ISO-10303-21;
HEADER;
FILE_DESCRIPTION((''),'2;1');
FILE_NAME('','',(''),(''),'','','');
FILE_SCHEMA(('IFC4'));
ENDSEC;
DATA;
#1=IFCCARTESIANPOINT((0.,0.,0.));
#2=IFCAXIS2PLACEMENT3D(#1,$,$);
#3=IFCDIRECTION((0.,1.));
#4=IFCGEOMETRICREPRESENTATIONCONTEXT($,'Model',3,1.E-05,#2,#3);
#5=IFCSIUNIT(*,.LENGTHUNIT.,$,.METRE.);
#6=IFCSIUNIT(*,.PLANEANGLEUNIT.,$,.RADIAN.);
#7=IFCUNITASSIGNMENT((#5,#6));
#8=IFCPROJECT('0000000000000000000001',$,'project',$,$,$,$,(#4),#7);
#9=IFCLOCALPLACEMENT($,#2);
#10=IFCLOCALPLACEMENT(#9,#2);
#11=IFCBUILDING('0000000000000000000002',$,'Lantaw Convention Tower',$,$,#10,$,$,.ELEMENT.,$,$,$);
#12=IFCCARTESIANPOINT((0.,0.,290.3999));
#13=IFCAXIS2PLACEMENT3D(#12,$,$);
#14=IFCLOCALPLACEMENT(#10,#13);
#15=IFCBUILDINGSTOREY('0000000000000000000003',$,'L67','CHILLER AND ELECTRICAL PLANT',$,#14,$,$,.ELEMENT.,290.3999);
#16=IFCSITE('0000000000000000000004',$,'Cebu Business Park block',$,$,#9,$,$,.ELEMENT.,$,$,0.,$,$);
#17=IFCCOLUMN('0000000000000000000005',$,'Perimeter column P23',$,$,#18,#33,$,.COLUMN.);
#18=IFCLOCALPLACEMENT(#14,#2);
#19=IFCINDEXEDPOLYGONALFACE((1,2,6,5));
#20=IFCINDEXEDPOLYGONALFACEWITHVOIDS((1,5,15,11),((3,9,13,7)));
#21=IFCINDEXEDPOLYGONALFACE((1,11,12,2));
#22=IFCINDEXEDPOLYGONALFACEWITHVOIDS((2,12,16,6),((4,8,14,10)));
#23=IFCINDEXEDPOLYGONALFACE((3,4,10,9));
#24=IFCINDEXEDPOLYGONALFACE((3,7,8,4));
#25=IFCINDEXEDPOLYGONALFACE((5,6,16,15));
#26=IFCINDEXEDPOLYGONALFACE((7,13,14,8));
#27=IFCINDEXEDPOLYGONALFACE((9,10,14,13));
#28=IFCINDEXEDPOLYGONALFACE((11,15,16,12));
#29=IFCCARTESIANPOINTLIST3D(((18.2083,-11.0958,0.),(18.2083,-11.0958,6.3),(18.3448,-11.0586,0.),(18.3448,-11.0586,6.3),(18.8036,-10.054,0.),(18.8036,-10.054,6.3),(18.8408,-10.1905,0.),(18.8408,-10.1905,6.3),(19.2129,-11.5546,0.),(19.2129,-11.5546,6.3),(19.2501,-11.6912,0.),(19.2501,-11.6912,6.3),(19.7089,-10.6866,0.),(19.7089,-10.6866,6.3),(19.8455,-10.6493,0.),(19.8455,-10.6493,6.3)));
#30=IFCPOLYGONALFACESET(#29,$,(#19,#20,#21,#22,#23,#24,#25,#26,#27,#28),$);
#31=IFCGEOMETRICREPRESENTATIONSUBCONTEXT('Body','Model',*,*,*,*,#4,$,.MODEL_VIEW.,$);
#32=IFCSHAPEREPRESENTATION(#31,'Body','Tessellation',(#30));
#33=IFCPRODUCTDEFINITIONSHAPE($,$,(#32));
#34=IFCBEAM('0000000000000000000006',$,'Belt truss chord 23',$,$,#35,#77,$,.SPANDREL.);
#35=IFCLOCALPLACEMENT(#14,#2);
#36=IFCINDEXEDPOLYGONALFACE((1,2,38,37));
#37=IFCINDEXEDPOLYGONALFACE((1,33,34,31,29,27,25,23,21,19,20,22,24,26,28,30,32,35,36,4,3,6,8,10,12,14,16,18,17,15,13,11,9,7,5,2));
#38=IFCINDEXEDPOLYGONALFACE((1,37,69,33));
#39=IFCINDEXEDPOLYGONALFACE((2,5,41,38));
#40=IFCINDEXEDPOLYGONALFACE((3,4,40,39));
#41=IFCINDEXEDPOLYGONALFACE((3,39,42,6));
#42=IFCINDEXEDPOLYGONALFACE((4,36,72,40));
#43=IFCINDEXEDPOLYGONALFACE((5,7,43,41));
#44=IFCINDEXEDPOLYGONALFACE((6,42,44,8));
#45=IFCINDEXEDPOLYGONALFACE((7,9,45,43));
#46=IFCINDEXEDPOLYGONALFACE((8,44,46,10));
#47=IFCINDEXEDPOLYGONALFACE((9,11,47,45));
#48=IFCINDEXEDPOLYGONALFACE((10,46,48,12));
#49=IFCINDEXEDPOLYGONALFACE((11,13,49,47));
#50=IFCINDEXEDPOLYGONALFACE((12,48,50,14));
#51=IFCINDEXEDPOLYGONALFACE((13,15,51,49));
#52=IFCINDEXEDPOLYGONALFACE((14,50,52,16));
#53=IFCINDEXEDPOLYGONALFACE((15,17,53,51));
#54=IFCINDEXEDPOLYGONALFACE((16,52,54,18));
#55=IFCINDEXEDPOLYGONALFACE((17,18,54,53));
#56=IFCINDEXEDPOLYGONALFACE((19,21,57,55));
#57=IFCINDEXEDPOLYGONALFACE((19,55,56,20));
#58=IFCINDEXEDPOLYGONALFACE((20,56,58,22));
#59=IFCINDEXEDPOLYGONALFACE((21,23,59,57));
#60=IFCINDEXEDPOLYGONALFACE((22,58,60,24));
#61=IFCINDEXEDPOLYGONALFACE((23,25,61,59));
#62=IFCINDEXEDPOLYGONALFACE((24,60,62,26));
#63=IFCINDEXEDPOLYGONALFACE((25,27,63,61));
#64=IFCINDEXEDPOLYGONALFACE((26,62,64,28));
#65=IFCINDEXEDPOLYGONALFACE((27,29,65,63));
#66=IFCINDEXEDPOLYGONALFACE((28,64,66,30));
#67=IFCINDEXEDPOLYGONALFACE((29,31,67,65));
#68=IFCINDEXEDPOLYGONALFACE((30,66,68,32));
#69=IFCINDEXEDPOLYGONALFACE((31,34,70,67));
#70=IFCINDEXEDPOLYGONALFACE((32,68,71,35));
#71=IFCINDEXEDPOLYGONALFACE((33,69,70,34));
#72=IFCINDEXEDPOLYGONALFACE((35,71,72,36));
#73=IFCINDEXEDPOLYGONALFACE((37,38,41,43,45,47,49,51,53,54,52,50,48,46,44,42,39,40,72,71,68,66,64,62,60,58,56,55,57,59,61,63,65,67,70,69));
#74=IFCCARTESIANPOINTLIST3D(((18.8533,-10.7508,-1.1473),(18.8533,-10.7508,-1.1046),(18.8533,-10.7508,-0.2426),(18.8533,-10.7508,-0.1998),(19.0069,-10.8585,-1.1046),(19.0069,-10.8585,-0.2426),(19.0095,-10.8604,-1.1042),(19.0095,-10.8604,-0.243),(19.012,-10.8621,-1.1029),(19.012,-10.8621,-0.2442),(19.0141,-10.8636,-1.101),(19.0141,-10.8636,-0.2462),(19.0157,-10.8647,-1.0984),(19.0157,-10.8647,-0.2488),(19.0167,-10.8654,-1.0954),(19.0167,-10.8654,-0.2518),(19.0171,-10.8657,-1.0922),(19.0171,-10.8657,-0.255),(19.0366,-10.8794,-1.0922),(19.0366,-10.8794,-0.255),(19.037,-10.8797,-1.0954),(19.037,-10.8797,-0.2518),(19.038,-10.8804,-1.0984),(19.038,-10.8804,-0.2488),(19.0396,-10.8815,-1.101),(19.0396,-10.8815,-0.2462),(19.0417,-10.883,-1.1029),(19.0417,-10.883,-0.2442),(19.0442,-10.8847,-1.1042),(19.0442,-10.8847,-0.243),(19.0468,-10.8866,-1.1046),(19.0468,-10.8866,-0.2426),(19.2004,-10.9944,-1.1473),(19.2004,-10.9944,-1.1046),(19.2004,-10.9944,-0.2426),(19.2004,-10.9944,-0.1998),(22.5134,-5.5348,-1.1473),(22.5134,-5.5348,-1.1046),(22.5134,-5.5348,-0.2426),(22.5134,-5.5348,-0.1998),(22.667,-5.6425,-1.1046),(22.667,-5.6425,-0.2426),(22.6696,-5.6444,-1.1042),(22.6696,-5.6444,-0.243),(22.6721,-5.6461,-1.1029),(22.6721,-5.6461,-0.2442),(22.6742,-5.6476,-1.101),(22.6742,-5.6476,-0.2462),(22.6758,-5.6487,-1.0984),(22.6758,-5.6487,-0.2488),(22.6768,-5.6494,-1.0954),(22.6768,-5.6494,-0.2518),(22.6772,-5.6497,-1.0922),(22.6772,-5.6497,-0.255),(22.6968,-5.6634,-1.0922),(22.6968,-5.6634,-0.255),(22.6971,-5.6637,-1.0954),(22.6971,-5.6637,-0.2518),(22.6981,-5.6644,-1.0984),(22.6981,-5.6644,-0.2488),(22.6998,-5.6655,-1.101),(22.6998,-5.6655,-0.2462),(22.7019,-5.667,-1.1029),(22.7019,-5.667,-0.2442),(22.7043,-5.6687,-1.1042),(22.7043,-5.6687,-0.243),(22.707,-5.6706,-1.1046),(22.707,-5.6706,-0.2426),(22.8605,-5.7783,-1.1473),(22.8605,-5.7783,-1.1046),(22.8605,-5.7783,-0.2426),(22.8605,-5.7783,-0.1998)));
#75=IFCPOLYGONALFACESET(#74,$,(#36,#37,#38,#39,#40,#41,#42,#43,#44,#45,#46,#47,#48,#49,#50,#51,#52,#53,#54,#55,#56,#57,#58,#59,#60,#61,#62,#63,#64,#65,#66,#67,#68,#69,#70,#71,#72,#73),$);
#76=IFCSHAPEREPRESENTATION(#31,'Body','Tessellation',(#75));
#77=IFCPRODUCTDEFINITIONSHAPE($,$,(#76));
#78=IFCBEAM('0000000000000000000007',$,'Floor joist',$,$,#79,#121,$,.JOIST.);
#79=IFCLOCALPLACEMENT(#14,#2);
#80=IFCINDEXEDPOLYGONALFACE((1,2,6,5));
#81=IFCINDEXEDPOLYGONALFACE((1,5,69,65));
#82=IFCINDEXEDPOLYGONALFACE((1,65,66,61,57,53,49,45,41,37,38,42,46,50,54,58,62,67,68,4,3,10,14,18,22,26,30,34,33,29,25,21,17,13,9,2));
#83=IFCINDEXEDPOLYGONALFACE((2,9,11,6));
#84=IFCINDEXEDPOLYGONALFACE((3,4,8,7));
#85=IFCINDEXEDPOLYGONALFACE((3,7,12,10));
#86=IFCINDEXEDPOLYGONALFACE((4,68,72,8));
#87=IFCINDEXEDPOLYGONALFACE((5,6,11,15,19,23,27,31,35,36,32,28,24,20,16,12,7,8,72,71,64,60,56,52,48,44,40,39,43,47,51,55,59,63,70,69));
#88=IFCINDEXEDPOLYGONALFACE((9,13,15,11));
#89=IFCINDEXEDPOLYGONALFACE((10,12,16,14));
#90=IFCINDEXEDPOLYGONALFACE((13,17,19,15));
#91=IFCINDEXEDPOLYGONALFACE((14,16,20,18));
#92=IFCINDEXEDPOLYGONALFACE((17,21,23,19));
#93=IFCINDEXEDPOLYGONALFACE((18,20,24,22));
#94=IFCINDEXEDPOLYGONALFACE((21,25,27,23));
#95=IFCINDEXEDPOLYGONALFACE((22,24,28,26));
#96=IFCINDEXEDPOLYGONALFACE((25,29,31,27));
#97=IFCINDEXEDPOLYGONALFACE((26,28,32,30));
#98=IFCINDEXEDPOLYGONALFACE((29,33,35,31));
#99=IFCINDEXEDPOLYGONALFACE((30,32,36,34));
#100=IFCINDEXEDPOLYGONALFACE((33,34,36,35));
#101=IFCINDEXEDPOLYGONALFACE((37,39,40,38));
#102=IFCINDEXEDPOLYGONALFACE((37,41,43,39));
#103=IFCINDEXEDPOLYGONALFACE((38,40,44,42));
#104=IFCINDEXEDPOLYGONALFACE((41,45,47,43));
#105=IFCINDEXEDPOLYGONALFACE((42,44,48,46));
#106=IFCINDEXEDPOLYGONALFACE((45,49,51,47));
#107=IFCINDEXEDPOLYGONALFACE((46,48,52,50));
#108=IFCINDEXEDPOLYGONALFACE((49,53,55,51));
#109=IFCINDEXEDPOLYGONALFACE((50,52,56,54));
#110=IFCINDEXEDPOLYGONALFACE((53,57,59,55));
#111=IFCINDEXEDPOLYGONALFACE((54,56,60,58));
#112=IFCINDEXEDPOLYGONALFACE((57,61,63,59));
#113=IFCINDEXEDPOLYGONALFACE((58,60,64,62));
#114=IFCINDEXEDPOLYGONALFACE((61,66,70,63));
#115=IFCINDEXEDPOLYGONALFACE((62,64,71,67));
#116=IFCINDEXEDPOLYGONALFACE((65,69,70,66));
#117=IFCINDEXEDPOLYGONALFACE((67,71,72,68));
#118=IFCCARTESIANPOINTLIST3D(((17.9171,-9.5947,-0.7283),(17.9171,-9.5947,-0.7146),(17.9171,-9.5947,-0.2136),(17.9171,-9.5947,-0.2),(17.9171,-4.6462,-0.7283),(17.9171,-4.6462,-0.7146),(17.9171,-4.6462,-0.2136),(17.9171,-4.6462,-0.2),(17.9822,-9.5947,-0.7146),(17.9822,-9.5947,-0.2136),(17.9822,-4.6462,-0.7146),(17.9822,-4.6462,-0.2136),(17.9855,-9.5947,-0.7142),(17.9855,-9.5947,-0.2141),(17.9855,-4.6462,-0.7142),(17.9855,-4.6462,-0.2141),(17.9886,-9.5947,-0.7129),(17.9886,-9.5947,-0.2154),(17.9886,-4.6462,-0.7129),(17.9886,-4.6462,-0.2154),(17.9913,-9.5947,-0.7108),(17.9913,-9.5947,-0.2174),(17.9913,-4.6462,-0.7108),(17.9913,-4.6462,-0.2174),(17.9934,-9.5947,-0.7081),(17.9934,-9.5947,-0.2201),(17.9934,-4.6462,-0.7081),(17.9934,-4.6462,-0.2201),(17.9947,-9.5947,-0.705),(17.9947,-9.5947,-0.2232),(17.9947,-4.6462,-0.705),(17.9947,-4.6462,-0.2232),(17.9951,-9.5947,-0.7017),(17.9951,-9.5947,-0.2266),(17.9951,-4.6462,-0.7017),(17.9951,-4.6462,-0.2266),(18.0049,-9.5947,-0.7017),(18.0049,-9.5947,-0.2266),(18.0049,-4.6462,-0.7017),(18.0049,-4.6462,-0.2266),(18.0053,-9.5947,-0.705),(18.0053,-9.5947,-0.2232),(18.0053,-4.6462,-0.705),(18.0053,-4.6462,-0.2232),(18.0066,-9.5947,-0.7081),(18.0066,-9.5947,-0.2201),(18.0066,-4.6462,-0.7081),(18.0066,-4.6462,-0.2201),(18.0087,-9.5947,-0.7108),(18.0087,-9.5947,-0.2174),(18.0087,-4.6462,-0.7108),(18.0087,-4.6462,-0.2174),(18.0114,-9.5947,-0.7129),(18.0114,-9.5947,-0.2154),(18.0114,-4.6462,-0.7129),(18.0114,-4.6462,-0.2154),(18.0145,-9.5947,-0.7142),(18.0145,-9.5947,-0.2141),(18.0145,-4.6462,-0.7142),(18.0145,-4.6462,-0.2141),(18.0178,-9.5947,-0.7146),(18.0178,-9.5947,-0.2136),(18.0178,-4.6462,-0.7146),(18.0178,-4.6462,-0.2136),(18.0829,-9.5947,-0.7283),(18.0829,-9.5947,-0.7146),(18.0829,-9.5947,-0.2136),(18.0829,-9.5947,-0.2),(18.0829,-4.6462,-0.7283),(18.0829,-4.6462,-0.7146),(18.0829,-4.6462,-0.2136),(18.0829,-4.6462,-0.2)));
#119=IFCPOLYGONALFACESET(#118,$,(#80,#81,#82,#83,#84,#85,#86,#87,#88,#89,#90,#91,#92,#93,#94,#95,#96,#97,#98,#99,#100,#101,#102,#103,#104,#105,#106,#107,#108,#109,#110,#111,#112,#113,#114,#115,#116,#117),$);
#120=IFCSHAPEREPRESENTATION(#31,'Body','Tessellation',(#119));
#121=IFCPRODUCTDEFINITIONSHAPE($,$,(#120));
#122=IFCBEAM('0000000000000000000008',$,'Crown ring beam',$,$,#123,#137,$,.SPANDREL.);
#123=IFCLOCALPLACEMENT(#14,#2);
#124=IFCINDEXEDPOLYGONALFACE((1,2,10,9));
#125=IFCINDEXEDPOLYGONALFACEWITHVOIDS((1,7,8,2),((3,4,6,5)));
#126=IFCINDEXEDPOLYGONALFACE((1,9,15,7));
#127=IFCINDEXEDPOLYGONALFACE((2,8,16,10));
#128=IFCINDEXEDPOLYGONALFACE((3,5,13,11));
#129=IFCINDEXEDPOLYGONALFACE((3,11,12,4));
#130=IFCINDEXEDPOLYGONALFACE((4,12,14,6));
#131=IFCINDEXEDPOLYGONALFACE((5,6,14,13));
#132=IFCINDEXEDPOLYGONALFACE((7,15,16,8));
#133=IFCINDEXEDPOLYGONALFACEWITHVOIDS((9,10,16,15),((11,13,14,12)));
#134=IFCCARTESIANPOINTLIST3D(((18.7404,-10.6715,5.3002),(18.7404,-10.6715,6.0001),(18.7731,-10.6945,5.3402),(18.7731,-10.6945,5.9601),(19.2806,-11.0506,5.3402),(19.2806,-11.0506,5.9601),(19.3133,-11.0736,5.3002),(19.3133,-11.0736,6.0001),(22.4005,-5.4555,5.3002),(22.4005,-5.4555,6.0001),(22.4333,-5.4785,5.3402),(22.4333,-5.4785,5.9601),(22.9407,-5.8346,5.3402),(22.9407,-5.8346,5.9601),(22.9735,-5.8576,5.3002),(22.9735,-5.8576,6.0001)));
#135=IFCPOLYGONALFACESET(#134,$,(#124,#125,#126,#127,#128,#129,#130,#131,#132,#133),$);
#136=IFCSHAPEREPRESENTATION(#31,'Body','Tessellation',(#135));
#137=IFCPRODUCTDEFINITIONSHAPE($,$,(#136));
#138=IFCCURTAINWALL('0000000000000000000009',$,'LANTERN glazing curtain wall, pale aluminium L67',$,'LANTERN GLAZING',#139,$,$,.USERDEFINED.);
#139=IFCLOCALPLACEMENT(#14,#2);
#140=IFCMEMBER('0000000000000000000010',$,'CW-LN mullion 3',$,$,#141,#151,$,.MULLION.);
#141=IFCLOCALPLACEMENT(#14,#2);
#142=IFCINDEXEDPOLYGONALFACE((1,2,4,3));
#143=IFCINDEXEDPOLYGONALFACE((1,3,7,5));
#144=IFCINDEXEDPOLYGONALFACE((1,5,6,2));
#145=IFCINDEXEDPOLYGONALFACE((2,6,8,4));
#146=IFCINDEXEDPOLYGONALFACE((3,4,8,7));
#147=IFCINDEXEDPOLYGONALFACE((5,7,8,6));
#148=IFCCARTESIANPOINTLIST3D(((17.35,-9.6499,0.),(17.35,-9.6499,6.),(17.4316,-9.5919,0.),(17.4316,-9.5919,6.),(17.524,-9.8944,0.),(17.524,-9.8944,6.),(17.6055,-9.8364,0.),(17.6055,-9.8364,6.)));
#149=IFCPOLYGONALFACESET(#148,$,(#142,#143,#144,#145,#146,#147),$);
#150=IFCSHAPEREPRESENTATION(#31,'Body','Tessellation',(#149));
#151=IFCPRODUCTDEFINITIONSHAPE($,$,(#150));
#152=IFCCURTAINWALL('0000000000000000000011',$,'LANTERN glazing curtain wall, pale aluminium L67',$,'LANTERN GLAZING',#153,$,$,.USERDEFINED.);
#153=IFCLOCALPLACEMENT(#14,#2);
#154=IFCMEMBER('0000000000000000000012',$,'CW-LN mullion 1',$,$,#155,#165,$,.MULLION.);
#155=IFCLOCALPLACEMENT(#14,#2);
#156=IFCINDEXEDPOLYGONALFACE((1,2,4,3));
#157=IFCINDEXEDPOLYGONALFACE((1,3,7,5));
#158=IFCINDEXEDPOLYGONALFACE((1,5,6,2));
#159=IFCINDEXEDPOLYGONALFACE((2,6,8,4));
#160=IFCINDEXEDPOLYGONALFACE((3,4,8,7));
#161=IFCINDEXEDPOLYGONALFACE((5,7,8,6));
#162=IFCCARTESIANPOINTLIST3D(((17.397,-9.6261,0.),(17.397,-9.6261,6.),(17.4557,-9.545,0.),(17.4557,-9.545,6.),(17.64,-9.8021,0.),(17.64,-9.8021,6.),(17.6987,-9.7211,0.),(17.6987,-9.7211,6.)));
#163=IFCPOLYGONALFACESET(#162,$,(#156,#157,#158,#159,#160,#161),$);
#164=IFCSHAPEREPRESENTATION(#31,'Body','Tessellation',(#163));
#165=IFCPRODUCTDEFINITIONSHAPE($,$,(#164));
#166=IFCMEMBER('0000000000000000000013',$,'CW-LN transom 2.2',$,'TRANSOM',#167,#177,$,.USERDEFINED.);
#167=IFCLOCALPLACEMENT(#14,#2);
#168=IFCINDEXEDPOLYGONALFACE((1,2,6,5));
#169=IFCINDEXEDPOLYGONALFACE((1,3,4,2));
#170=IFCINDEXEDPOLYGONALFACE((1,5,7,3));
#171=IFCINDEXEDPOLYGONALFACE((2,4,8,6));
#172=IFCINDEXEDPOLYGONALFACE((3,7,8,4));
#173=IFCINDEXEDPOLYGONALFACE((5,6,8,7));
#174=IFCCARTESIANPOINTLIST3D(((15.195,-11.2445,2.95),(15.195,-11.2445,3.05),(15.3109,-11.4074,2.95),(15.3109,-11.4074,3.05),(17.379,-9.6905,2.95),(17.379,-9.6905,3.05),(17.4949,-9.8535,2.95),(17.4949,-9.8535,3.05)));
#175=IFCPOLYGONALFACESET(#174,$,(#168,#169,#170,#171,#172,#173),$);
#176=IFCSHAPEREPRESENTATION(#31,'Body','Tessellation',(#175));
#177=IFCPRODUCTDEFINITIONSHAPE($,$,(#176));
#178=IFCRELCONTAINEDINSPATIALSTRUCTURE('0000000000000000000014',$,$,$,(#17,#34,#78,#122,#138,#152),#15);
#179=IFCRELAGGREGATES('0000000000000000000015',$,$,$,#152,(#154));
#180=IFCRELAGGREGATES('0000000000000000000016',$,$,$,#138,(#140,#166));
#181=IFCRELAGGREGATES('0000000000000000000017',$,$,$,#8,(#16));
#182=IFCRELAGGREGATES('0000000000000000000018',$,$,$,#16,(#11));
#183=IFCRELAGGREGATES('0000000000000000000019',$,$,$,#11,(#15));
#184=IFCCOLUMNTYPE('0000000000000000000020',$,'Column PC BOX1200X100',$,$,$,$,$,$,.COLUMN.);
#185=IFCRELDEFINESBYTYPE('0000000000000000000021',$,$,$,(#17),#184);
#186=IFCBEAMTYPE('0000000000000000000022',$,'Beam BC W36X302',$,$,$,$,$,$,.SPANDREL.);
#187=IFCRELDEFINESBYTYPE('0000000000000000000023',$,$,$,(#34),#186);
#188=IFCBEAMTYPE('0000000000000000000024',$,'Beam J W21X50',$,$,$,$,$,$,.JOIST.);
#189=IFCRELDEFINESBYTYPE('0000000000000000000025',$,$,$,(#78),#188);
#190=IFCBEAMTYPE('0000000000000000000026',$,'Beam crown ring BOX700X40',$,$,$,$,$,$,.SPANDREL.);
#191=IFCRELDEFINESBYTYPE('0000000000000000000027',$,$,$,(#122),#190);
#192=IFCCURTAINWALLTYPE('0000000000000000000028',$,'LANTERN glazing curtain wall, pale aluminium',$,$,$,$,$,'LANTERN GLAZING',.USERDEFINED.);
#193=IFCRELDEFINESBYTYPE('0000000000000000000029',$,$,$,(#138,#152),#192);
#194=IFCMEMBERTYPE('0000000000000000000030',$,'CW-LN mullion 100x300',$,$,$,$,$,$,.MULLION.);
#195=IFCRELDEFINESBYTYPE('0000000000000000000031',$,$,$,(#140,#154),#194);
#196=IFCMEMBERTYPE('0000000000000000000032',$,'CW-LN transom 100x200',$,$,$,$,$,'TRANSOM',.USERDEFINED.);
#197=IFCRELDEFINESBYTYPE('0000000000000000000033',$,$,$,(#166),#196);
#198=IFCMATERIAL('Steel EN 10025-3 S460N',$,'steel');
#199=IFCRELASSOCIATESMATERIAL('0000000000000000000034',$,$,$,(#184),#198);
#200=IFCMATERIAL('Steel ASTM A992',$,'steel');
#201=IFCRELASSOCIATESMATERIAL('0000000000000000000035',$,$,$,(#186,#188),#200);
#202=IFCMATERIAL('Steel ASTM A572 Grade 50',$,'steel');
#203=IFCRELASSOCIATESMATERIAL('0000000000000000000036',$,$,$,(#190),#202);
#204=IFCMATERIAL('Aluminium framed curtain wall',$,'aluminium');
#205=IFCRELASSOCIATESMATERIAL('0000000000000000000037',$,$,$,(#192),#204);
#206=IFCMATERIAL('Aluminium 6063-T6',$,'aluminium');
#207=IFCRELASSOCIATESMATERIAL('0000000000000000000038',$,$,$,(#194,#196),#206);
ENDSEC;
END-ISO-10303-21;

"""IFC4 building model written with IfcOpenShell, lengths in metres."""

from ifc_helpers import new_model, si_unit, direction, frame, origin, origin_2d, place, context, subcontext, project, spatial, rectangle, hollow_rectangle, i_section, extrude, material, material_profile, profile_set, type_object, element, aggregate, save


model = new_model("IFC4")

# Units and contexts
model_context = context("Model", 3, precision=1e-05, world=origin(), true_north=direction((0.0, 1.0)))
body_context = subcontext(model_context, "Body", "Model", "MODEL_VIEW")
ifc_project = project(units=[si_unit("LENGTHUNIT", "METRE"), si_unit("PLANEANGLEUNIT", "RADIAN")], contexts=[model_context])

# Site, building, storey
site_placement = place(None, origin())
site = spatial("IfcSite", under=ifc_project, at=site_placement, Name="Cebu Business Park block", CompositionType="ELEMENT", RefElevation=0.0)
building_placement = place(site_placement, origin())
building = spatial("IfcBuilding", under=site, at=building_placement, Name="Lantaw Convention Tower", CompositionType="ELEMENT")
storey_placement = place(building_placement, frame((0.0, 0.0, 290.3999)))
storey = spatial("IfcBuildingStorey", under=building, at=storey_placement, Name="L67", Description="CHILLER AND ELECTRICAL PLANT", CompositionType="ELEMENT", Elevation=290.3999)

# Column
ifc_material_1 = material(Name="Steel EN 10025-3 S460N", Category="steel")
ifc_material_profile_1 = material_profile(ifc_material_1, hollow_rectangle(XDim=1.2, YDim=1.2, WallThickness=0.1001, at=origin_2d()), Name="BOX1200X100")
ifc_material_2 = material(Name="Concrete C60/75", Category="concrete")
ifc_material_profile_2 = material_profile(ifc_material_2, rectangle(XDim=1.0, YDim=1.0, at=origin_2d()), Name="Concrete fill of BOX1200X100")
ifc_profile_set_1 = profile_set([ifc_material_profile_1, ifc_material_profile_2], Name="Steel EN 10025-3 S460N")
column_type = type_object("IfcColumnType", Name="Column PC BOX1200X100", PredefinedType="COLUMN", material=ifc_profile_set_1)
column_placement = place(storey_placement, frame((19.0269, -10.8726, 0.0), z_axis=(0.0, 0.0, 1.0), x_axis=(0.496139, 0.868243, 0.0)))
element("IfcColumn", 1, at=column_placement, inside=storey, type_object=column_type, Name="Perimeter column P23", PredefinedType="COLUMN", context=body_context, shape_type="SweptSolid", body=[
    extrude(hollow_rectangle(XDim=1.2, YDim=1.2, WallThickness=0.1001, at=origin_2d()), origin(), (0.0, 0.0, 1.0), 6.3),
])

# Beams
ifc_material_3 = material(Name="Steel ASTM A992", Category="steel")
ifc_material_profile_3 = material_profile(ifc_material_3, i_section(OverallWidth=0.4241, OverallDepth=0.9475, WebThickness=0.0239, FlangeThickness=0.0427, FilletRadius=0.0125, at=origin_2d()), Name="W36X302")
ifc_profile_set_2 = profile_set([ifc_material_profile_3], Name="Steel ASTM A992")
beam_type_1 = type_object("IfcBeamType", Name="Beam BC W36X302", PredefinedType="SPANDREL", material=ifc_profile_set_2)
beam_1_placement = place(storey_placement, frame((19.0269, -10.8726, -0.6736), z_axis=(0.574401, 0.818574, 0.0), x_axis=(-0.818574, 0.574401, 0.0)))
element("IfcBeam", 2, at=beam_1_placement, inside=storey, type_object=beam_type_1, Name="Belt truss chord 23", PredefinedType="SPANDREL", context=body_context, shape_type="SweptSolid", body=[
    extrude(i_section(OverallWidth=0.4241, OverallDepth=0.9475, WebThickness=0.0239, FlangeThickness=0.0427, FilletRadius=0.0125, at=origin_2d()), origin(), (0.0, 0.0, 1.0), 6.3721),
])
ifc_material_profile_4 = material_profile(ifc_material_3, i_section(OverallWidth=0.1658, OverallDepth=0.5283, WebThickness=0.0098, FlangeThickness=0.0137, FilletRadius=0.0129, at=origin_2d()), Name="W21X50")
ifc_profile_set_3 = profile_set([ifc_material_profile_4], Name="Steel ASTM A992")
beam_type_2 = type_object("IfcBeamType", Name="Beam J W21X50", PredefinedType="JOIST", material=ifc_profile_set_3)
beam_2_placement = place(storey_placement, frame((18.0, -9.5947, -0.4641), z_axis=(0.0, 1.0, 0.0), x_axis=(-1.0, 0.0, 0.0)))
element("IfcBeam", 3, at=beam_2_placement, inside=storey, type_object=beam_type_2, Name="Floor joist", PredefinedType="JOIST", context=body_context, shape_type="SweptSolid", body=[
    extrude(i_section(OverallWidth=0.1658, OverallDepth=0.5283, WebThickness=0.0098, FlangeThickness=0.0137, FilletRadius=0.0129, at=origin_2d()), origin(), (0.0, 0.0, 1.0), 4.9485),
])
ifc_material_4 = material(Name="Steel ASTM A572 Grade 50", Category="steel")
ifc_material_profile_5 = material_profile(ifc_material_4, hollow_rectangle(XDim=0.7, YDim=0.7, WallThickness=0.04, at=origin_2d()), Name="BOX700X40")
ifc_profile_set_4 = profile_set([ifc_material_profile_5], Name="Steel ASTM A572 Grade 50")
beam_type_3 = type_object("IfcBeamType", Name="Beam crown ring BOX700X40", PredefinedType="SPANDREL", material=ifc_profile_set_4)
beam_3_placement = place(storey_placement, frame((19.0269, -10.8726, 5.6501), z_axis=(0.574401, 0.818574, 0.0), x_axis=(-0.818574, 0.574401, 0.0)))
element("IfcBeam", 4, at=beam_3_placement, inside=storey, type_object=beam_type_3, Name="Crown ring beam", PredefinedType="SPANDREL", context=body_context, shape_type="SweptSolid", body=[
    extrude(hollow_rectangle(XDim=0.7, YDim=0.7, WallThickness=0.04, at=origin_2d()), origin(), (0.0, 0.0, 1.0), 6.3721),
])

# Curtain walls, members
ifc_material_5 = material(Name="Aluminium framed curtain wall", Category="aluminium")
curtain_wall_type_1 = type_object("IfcCurtainWallType", Name="LANTERN glazing curtain wall, pale aluminium", ElementType="LANTERN GLAZING", PredefinedType="USERDEFINED", material=ifc_material_5)
curtain_wall_1_placement = place(storey_placement, origin())
curtain_wall_1 = element("IfcCurtainWall", 5, at=curtain_wall_1_placement, inside=storey, type_object=curtain_wall_type_1, Name="LANTERN glazing curtain wall, pale aluminium L67", ObjectType="LANTERN GLAZING", PredefinedType="USERDEFINED")
ifc_material_6 = material(Name="Aluminium 6063-T6", Category="aluminium")
ifc_material_profile_6 = material_profile(ifc_material_6, rectangle(XDim=0.3, YDim=0.1001, at=origin_2d()), Name="CW-LN mullion 100x300")
ifc_profile_set_5 = profile_set([ifc_material_profile_6], Name="Aluminium 6063-T6")
member_type_1 = type_object("IfcMemberType", Name="CW-LN mullion 100x300", PredefinedType="MULLION", material=ifc_profile_set_5)
member_1_placement = place(storey_placement, frame((17.4778, -9.7432, 0.0), z_axis=(0.0, 0.0, 1.0), x_axis=(-0.579684, 0.814841, 0.0)))
member_1 = element("IfcMember", 6, at=member_1_placement, type_object=member_type_1, Name="CW-LN mullion 3", PredefinedType="MULLION", context=body_context, shape_type="SweptSolid", body=[
    extrude(rectangle(XDim=0.3, YDim=0.1001, at=origin_2d()), origin(), (0.0, 0.0, 1.0), 6.0),
])
curtain_wall_2_placement = place(storey_placement, origin())
curtain_wall_2 = element("IfcCurtainWall", 7, at=curtain_wall_2_placement, inside=storey, type_object=curtain_wall_type_1, Name="LANTERN glazing curtain wall, pale aluminium L67", ObjectType="LANTERN GLAZING", PredefinedType="USERDEFINED")
member_2_placement = place(storey_placement, frame((17.5479, -9.6736, 0.0), z_axis=(0.0, 0.0, 1.0), x_axis=(-0.809742, 0.586786, 0.0)))
member_2 = element("IfcMember", 8, at=member_2_placement, type_object=member_type_1, Name="CW-LN mullion 1", PredefinedType="MULLION", context=body_context, shape_type="SweptSolid", body=[
    extrude(rectangle(XDim=0.3, YDim=0.1001, at=origin_2d()), origin(), (0.0, 0.0, 1.0), 6.0),
])

# Member
ifc_material_profile_7 = material_profile(ifc_material_6, rectangle(XDim=0.2, YDim=0.1001, at=origin_2d()), Name="CW-LN transom 100x200")
ifc_profile_set_6 = profile_set([ifc_material_profile_7], Name="Aluminium 6063-T6")
member_type_2 = type_object("IfcMemberType", Name="CW-LN transom 100x200", ElementType="TRANSOM", PredefinedType="USERDEFINED", material=ifc_profile_set_6)
member_3_placement = place(storey_placement, frame((15.2529, -11.3259, 3.0), z_axis=(0.814809, 0.579729, 0.0), x_axis=(-0.579729, 0.814809, 0.0)))
member_3 = element("IfcMember", 9, at=member_3_placement, type_object=member_type_2, Name="CW-LN transom 2.2", ObjectType="TRANSOM", PredefinedType="USERDEFINED", context=body_context, shape_type="SweptSolid", body=[
    extrude(rectangle(XDim=0.2, YDim=0.1001, at=origin_2d()), origin(), (0.0, 0.0, 1.0), 2.6804),
])
aggregate(curtain_wall_2, [member_2])

aggregate(curtain_wall_1, [member_1, member_3])

save(model, "model.ifc")
